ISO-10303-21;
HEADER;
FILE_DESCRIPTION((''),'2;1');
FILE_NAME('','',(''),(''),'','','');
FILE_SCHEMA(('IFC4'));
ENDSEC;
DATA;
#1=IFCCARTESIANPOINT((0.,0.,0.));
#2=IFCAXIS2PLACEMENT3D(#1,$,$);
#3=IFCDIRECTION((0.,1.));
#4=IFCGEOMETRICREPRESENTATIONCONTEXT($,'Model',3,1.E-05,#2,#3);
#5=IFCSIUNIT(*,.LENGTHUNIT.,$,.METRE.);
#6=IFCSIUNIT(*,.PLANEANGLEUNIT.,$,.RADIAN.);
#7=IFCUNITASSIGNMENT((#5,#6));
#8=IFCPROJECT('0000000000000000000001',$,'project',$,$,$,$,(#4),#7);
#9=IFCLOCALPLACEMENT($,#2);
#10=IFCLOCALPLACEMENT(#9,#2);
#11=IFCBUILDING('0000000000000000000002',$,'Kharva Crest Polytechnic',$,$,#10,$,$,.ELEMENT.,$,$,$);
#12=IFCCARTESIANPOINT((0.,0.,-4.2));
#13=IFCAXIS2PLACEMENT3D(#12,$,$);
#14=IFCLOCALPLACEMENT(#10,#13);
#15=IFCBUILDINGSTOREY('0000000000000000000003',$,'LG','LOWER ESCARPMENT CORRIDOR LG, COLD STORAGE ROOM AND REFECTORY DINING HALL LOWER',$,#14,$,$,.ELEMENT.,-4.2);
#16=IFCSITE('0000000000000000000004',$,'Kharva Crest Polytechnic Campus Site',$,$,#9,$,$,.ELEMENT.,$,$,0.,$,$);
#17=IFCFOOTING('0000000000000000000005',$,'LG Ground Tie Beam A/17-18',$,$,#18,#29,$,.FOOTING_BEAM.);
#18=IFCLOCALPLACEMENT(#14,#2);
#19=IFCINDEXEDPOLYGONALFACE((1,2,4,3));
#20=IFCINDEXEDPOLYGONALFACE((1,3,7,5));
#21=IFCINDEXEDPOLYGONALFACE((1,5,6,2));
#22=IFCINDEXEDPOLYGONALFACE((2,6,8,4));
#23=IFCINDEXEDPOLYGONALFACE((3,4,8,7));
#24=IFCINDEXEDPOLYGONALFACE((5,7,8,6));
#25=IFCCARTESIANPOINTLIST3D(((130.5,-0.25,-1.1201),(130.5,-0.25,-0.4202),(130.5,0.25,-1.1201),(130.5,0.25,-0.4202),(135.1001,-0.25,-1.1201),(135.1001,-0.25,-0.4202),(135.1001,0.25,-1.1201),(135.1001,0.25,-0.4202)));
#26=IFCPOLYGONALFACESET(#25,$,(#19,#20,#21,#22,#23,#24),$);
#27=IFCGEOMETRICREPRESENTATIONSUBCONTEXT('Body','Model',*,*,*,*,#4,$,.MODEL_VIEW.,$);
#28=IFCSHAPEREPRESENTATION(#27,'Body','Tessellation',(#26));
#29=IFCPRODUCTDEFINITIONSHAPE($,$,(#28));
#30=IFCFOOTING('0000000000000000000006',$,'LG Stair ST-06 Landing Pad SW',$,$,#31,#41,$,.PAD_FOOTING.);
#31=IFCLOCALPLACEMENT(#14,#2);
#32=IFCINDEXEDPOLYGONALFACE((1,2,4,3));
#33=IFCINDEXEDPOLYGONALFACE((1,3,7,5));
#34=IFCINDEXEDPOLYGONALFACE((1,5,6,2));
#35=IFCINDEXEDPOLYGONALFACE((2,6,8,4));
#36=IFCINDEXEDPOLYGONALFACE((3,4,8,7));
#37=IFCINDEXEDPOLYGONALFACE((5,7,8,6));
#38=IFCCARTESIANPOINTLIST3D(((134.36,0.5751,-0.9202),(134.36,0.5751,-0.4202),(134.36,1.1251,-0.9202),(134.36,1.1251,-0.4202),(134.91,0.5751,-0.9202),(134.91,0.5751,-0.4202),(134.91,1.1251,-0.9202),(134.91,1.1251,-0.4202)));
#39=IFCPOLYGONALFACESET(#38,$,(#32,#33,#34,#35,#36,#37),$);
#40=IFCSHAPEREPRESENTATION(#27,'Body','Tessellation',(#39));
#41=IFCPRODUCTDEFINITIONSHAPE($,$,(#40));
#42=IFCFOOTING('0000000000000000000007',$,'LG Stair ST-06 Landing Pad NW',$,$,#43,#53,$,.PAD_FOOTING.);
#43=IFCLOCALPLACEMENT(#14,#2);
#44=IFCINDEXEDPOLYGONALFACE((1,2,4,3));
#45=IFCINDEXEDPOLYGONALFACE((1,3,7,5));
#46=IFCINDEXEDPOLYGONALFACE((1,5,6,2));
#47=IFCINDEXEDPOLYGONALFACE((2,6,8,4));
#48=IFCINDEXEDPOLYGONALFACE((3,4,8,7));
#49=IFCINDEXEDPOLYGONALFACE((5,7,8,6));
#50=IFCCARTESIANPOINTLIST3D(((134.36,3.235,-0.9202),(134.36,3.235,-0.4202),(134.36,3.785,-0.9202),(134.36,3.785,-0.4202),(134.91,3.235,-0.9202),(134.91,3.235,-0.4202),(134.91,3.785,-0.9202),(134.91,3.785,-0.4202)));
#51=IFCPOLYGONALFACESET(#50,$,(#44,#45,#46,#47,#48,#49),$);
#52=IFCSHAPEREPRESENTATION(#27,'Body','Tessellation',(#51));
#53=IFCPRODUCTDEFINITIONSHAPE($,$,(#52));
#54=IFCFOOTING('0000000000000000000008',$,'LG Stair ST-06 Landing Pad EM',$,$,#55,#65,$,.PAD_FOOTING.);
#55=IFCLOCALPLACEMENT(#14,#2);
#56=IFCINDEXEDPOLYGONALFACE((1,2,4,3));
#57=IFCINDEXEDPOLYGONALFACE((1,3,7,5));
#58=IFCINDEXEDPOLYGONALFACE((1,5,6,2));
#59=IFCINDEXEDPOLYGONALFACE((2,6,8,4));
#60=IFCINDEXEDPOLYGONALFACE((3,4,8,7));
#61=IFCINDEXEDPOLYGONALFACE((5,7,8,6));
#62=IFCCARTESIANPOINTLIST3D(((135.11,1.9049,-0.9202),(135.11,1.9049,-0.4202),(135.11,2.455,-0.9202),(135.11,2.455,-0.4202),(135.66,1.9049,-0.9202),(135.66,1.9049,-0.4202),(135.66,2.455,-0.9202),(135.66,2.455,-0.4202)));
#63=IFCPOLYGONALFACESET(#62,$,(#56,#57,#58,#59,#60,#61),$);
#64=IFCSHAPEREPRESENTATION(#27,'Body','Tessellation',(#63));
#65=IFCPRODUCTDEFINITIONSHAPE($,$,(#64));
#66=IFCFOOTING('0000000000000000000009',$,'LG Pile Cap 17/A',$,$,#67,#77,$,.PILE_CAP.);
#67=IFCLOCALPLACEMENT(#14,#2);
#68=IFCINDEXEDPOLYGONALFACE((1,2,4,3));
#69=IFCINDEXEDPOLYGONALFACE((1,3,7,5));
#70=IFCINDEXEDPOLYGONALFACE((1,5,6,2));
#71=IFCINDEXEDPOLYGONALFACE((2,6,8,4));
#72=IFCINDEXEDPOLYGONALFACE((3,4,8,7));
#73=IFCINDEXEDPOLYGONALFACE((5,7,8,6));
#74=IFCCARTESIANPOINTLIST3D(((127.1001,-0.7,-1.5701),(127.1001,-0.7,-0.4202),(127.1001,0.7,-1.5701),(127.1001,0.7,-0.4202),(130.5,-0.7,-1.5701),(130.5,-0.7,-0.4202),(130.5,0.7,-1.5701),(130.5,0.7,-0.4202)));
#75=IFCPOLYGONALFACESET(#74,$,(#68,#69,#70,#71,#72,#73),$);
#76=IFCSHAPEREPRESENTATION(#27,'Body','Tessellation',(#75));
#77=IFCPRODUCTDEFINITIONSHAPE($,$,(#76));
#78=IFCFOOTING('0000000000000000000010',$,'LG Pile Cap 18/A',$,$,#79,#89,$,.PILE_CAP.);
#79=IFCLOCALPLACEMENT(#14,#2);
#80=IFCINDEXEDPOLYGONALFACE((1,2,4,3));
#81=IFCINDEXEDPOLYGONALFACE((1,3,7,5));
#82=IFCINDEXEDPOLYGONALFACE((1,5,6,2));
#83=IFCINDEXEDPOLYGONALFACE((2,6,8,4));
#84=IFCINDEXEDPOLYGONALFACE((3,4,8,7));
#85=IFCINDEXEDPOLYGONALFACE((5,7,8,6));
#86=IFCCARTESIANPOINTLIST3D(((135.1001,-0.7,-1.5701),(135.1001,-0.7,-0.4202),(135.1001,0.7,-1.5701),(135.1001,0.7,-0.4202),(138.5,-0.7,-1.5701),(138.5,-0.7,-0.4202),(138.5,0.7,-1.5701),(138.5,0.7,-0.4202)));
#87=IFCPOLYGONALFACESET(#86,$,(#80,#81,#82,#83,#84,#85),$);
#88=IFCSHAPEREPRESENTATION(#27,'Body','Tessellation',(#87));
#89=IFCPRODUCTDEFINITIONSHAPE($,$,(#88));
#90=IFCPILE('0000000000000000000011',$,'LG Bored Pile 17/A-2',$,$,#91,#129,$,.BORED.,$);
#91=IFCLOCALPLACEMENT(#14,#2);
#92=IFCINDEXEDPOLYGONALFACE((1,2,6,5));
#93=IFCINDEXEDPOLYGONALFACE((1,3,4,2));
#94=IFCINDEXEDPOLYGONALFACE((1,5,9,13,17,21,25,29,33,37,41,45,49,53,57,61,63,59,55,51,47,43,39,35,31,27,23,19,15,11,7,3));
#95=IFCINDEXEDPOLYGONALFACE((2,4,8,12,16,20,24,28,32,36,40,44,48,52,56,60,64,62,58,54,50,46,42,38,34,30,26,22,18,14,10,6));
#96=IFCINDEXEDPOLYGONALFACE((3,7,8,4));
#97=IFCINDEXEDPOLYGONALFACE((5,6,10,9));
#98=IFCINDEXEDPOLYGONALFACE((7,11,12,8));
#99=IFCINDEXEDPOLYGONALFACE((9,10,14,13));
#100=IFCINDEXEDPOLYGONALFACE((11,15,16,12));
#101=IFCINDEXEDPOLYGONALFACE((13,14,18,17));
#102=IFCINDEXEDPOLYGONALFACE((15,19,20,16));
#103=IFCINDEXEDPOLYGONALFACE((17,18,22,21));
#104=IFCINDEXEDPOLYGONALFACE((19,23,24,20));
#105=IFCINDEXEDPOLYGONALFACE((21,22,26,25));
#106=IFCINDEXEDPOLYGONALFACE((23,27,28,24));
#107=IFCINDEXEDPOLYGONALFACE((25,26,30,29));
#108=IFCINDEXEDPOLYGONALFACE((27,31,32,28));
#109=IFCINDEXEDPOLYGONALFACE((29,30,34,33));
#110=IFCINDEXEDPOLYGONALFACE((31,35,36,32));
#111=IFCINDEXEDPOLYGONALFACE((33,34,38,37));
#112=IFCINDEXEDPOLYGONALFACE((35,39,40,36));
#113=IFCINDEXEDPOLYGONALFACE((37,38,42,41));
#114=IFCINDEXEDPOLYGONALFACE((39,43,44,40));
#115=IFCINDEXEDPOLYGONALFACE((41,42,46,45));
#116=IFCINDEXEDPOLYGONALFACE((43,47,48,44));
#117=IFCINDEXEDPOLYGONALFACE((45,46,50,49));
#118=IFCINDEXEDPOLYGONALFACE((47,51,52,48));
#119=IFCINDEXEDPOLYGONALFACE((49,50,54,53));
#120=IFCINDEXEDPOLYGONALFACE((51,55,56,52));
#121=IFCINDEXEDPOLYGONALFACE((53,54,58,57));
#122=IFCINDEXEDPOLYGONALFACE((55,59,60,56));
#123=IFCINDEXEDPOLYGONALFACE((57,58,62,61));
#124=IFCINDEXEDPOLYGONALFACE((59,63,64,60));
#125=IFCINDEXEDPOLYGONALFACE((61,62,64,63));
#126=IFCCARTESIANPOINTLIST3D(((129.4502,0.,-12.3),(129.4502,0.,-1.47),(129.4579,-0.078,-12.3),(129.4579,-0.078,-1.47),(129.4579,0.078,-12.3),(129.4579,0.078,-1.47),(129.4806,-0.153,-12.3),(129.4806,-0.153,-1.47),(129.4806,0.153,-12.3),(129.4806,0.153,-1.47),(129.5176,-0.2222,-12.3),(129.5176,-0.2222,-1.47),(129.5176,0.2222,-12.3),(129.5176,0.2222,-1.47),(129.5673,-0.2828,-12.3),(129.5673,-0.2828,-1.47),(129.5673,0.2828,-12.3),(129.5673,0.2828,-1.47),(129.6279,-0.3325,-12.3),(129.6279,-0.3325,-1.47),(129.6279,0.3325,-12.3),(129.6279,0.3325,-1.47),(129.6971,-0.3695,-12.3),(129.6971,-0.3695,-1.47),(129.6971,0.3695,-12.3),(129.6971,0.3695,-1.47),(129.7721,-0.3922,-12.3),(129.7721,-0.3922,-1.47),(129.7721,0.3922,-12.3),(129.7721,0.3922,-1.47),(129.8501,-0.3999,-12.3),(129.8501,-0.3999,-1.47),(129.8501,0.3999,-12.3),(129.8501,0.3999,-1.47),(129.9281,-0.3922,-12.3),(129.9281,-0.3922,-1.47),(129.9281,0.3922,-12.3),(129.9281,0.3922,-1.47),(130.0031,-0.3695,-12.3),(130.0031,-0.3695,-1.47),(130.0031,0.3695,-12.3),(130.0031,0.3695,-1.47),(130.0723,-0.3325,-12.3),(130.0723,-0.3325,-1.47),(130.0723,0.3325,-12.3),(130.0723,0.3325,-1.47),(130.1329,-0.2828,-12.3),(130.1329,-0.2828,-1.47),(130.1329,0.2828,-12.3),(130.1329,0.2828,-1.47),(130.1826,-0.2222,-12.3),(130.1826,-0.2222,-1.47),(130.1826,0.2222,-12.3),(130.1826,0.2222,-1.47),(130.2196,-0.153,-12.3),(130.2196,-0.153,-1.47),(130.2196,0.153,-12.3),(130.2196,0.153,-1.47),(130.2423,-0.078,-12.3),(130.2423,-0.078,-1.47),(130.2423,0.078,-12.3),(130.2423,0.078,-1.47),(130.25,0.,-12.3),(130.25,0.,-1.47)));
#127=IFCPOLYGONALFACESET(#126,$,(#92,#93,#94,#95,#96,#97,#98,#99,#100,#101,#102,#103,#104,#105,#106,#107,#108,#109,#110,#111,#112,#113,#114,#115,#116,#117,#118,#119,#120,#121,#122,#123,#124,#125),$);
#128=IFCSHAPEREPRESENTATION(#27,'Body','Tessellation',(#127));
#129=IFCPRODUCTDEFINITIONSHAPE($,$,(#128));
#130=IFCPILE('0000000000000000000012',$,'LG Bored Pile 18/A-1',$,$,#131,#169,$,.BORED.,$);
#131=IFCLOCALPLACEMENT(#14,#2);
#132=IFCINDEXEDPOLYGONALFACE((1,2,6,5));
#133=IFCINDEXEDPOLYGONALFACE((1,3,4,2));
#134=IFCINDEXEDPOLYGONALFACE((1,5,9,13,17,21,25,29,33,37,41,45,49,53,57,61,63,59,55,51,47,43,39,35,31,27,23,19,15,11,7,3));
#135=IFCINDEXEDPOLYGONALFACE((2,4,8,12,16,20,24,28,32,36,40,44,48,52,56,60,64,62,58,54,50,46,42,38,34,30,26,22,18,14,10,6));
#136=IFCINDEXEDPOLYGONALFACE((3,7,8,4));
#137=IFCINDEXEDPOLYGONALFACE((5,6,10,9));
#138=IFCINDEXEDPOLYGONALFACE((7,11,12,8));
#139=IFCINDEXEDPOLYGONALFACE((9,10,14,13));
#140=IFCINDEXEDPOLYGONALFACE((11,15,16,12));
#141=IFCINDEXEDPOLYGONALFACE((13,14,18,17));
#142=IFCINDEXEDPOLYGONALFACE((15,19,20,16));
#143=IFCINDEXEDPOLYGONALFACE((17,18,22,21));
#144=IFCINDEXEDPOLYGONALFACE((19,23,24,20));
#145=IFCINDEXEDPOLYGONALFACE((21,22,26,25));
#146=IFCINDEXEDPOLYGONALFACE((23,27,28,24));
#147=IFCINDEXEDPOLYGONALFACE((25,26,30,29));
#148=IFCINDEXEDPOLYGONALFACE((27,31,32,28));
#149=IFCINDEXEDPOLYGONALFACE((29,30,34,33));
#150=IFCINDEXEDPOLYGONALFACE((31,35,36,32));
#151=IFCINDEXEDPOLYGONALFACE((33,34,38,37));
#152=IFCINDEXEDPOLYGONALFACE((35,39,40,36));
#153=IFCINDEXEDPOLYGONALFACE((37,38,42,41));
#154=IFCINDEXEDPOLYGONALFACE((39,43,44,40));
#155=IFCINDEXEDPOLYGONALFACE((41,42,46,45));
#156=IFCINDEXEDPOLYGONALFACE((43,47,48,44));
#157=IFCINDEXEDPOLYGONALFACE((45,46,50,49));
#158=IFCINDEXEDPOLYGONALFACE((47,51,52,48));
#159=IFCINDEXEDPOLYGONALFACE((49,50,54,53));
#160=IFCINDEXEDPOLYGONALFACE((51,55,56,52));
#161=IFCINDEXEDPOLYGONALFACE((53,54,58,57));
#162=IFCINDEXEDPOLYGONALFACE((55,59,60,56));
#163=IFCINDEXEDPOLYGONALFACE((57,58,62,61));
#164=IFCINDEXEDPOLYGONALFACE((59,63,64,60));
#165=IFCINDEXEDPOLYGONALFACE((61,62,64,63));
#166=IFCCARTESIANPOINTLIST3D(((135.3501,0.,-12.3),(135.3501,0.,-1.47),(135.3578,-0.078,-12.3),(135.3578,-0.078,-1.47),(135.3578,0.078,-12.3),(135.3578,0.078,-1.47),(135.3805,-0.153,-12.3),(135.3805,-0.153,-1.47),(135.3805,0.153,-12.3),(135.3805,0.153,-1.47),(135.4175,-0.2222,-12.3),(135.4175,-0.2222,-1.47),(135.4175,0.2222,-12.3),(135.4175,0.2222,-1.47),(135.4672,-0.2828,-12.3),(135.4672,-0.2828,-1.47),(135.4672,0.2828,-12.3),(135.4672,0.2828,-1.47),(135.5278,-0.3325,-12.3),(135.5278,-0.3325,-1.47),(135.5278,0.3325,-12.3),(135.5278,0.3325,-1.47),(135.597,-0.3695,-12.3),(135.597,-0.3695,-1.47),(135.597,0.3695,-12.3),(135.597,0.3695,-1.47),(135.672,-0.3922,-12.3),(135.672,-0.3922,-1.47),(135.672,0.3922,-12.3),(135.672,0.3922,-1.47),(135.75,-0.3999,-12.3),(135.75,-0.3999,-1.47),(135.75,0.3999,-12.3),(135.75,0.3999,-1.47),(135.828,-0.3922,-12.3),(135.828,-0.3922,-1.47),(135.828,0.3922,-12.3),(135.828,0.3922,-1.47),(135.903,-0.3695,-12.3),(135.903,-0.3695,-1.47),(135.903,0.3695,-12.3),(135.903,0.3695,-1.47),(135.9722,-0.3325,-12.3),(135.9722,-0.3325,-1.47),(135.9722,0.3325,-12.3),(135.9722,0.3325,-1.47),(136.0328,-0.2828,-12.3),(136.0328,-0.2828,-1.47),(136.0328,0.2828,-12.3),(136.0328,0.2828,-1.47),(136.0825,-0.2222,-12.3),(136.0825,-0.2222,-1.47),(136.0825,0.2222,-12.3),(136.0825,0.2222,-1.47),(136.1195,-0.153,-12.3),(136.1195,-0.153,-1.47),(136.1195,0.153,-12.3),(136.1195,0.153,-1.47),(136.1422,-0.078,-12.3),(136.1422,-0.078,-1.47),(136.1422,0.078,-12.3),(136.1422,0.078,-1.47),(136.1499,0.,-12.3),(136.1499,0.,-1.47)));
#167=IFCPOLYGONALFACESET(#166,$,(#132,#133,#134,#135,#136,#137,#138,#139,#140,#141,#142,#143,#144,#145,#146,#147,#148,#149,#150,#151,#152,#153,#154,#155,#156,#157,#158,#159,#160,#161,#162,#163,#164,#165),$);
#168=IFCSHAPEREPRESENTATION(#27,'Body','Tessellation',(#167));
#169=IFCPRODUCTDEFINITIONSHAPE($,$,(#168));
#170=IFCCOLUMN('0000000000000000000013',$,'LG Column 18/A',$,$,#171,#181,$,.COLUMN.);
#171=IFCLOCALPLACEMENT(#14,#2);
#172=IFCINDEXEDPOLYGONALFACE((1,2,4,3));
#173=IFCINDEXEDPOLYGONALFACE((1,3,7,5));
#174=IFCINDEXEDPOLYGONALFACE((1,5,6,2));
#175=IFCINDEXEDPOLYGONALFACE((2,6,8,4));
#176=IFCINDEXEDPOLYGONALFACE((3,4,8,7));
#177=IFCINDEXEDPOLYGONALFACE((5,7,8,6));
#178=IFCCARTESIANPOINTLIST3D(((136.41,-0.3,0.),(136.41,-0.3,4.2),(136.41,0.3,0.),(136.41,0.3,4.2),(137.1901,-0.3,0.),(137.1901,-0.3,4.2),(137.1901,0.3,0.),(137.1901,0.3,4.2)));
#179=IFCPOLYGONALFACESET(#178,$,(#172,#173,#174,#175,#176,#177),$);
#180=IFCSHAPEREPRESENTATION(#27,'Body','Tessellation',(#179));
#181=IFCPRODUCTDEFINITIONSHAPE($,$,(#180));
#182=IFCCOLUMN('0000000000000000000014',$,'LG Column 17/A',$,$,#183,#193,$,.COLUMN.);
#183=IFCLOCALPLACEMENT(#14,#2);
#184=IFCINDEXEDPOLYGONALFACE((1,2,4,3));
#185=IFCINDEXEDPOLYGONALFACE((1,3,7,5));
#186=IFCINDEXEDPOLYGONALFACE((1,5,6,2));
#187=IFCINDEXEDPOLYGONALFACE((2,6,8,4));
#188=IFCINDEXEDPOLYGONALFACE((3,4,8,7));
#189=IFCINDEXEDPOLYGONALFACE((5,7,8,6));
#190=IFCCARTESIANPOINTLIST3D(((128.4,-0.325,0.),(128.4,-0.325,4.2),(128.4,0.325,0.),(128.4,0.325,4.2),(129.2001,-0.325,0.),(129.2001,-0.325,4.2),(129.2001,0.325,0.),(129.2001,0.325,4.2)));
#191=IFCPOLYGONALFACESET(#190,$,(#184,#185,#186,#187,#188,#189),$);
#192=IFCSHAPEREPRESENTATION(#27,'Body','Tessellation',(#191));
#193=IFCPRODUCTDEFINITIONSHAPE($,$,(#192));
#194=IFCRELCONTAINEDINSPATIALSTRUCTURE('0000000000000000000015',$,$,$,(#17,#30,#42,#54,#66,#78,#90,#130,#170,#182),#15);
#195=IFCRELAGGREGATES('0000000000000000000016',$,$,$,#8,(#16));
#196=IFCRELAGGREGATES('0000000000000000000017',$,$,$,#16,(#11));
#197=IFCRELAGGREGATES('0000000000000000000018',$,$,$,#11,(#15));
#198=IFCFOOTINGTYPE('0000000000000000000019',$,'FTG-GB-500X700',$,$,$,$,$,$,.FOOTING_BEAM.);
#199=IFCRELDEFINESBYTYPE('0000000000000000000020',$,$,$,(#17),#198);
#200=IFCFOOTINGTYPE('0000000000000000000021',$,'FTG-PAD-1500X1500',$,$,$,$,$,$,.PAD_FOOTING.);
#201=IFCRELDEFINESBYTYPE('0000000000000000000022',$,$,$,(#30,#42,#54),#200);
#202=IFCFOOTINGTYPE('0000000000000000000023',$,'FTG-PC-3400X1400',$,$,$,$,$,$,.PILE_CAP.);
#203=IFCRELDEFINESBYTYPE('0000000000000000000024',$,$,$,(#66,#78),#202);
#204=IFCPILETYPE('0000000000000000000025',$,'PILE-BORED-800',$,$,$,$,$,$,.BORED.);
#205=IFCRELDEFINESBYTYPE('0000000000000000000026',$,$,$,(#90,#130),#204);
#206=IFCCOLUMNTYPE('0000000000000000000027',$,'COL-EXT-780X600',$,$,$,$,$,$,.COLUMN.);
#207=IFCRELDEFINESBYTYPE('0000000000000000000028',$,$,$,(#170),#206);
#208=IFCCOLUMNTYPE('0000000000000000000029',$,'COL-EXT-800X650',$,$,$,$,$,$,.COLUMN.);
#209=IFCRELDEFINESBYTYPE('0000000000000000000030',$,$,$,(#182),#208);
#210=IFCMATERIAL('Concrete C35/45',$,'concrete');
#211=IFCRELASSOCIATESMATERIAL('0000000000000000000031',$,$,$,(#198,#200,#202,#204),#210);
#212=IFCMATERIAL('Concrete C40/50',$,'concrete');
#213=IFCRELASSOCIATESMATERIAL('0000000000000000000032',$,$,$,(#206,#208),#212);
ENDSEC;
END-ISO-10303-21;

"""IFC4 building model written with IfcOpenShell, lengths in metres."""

from ifc_helpers import new_model, si_unit, direction, frame, origin, origin_2d, place, context, subcontext, project, spatial, rectangle, circle, extrude, material, material_profile, profile_set, type_object, element, save


model = new_model("IFC4")

# Units and contexts
model_context = context("Model", 3, precision=1e-05, world=origin(), true_north=direction((0.0, 1.0)))
body_context = subcontext(model_context, "Body", "Model", "MODEL_VIEW")
ifc_project = project(units=[si_unit("LENGTHUNIT", "METRE"), si_unit("PLANEANGLEUNIT", "RADIAN")], contexts=[model_context])

# Site, building, storey
site_placement = place(None, origin())
site = spatial("IfcSite", under=ifc_project, at=site_placement, Name="Kharva Crest Polytechnic Campus Site", CompositionType="ELEMENT", RefElevation=0.0)
building_placement = place(site_placement, origin())
building = spatial("IfcBuilding", under=site, at=building_placement, Name="Kharva Crest Polytechnic", CompositionType="ELEMENT")
storey_placement = place(building_placement, frame((0.0, 0.0, -4.2)))
storey = spatial("IfcBuildingStorey", under=building, at=storey_placement, Name="LG", Description="LOWER ESCARPMENT CORRIDOR LG, COLD STORAGE ROOM AND REFECTORY DINING HALL LOWER", CompositionType="ELEMENT", Elevation=-4.2)

# Footings
ifc_material_1 = material(Name="Concrete C35/45", Category="concrete")
footing_type_1 = type_object("IfcFootingType", Name="FTG-GB-500X700", PredefinedType="FOOTING_BEAM", material=ifc_material_1)
footing_placement = place(storey_placement, frame((132.8, 0.0, -1.1201), z_axis=(0.0, 0.0, 1.0), x_axis=(1.0, 0.0, 0.0)))
element("IfcFooting", 1, at=footing_placement, inside=storey, type_object=footing_type_1, Name="LG Ground Tie Beam A/17-18", PredefinedType="FOOTING_BEAM", context=body_context, shape_type="SweptSolid", body=[
    extrude(rectangle(XDim=4.6001, YDim=0.5, at=origin_2d()), origin(), (0.0, 0.0, 1.0), 0.7),
])
footing_type_2 = type_object("IfcFootingType", Name="FTG-PAD-1500X1500", PredefinedType="PAD_FOOTING", material=ifc_material_1)
for number, where, z_axis, x_axis, name in (
    (2, (134.635, 0.8501, -0.9202), (0.0, 0.0, 1.0), (1.0, 0.0, 0.0), "LG Stair ST-06 Landing Pad SW"),
    (3, (134.635, 3.51, -0.9202), (0.0, 0.0, 1.0), (1.0, 0.0, 0.0), "LG Stair ST-06 Landing Pad NW"),
    (4, (135.385, 2.1799, -0.9202), (0.0, 0.0, 1.0), (1.0, 0.0, 0.0), "LG Stair ST-06 Landing Pad EM"),
):
    element("IfcFooting", number, at=place(storey_placement, frame(where, z_axis=z_axis, x_axis=x_axis)), inside=storey, type_object=footing_type_2, Name=name, PredefinedType="PAD_FOOTING", context=body_context, shape_type="SweptSolid", body=[
        extrude(rectangle(XDim=0.55, YDim=0.55, at=origin_2d()), origin(), (0.0, 0.0, 1.0), 0.5),
    ])
footing_type_3 = type_object("IfcFootingType", Name="FTG-PC-3400X1400", PredefinedType="PILE_CAP", material=ifc_material_1)
for number, where, z_axis, x_axis, name in (
    (5, (128.8, 0.0, -1.5701), (0.0, 0.0, 1.0), (1.0, 0.0, 0.0), "LG Pile Cap 17/A"),
    (6, (136.8, 0.0, -1.5701), (0.0, 0.0, 1.0), (1.0, 0.0, 0.0), "LG Pile Cap 18/A"),
):
    element("IfcFooting", number, at=place(storey_placement, frame(where, z_axis=z_axis, x_axis=x_axis)), inside=storey, type_object=footing_type_3, Name=name, PredefinedType="PILE_CAP", context=body_context, shape_type="SweptSolid", body=[
        extrude(rectangle(XDim=3.3999, YDim=1.3999, at=origin_2d()), origin(), (0.0, 0.0, 1.0), 1.1499),
    ])

# Piles
ifc_material_profile_1 = material_profile(ifc_material_1, circle(Radius=0.3999, at=origin_2d()), Name="DIA 800")
ifc_profile_set_1 = profile_set([ifc_material_profile_1], Name="Concrete C35/45")
pile_type = type_object("IfcPileType", Name="PILE-BORED-800", PredefinedType="BORED", material=ifc_profile_set_1)
for number, where, z_axis, x_axis, name in (
    (7, (129.8501, 0.0, -1.47), (0.0, 0.0, -1.0), (1.0, 0.0, 0.0), "LG Bored Pile 17/A-2"),
    (8, (135.75, 0.0, -1.47), (0.0, 0.0, -1.0), (1.0, 0.0, 0.0), "LG Bored Pile 18/A-1"),
):
    element("IfcPile", number, at=place(storey_placement, frame(where, z_axis=z_axis, x_axis=x_axis)), inside=storey, type_object=pile_type, Name=name, PredefinedType="BORED", context=body_context, shape_type="SweptSolid", body=[
        extrude(circle(Radius=0.3999, at=origin_2d()), origin(), (0.0, 0.0, 1.0), 10.8301),
    ])

# Columns
ifc_material_2 = material(Name="Concrete C40/50", Category="concrete")
ifc_material_profile_2 = material_profile(ifc_material_2, rectangle(XDim=0.78, YDim=0.6001, at=origin_2d()), Name="RECT 780 X 600")
ifc_profile_set_2 = profile_set([ifc_material_profile_2], Name="Concrete C40/50")
column_type_1 = type_object("IfcColumnType", Name="COL-EXT-780X600", PredefinedType="COLUMN", material=ifc_profile_set_2)
column_1_placement = place(storey_placement, frame((136.8, 0.0, 0.0), z_axis=(0.0, 0.0, 1.0), x_axis=(1.0, 0.0, 0.0)))
element("IfcColumn", 9, at=column_1_placement, inside=storey, type_object=column_type_1, Name="LG Column 18/A", PredefinedType="COLUMN", context=body_context, shape_type="SweptSolid", body=[
    extrude(rectangle(XDim=0.78, YDim=0.6001, at=origin_2d()), origin(), (0.0, 0.0, 1.0), 4.2),
])
ifc_material_profile_3 = material_profile(ifc_material_2, rectangle(XDim=0.8, YDim=0.6499, at=origin_2d()), Name="RECT 800 X 650")
ifc_profile_set_3 = profile_set([ifc_material_profile_3], Name="Concrete C40/50")
column_type_2 = type_object("IfcColumnType", Name="COL-EXT-800X650", PredefinedType="COLUMN", material=ifc_profile_set_3)
column_2_placement = place(storey_placement, frame((128.8, 0.0, 0.0), z_axis=(0.0, 0.0, 1.0), x_axis=(1.0, 0.0, 0.0)))
element("IfcColumn", 10, at=column_2_placement, inside=storey, type_object=column_type_2, Name="LG Column 17/A", PredefinedType="COLUMN", context=body_context, shape_type="SweptSolid", body=[
    extrude(rectangle(XDim=0.8, YDim=0.6499, at=origin_2d()), origin(), (0.0, 0.0, 1.0), 4.2),
])

save(model, "model.ifc")
